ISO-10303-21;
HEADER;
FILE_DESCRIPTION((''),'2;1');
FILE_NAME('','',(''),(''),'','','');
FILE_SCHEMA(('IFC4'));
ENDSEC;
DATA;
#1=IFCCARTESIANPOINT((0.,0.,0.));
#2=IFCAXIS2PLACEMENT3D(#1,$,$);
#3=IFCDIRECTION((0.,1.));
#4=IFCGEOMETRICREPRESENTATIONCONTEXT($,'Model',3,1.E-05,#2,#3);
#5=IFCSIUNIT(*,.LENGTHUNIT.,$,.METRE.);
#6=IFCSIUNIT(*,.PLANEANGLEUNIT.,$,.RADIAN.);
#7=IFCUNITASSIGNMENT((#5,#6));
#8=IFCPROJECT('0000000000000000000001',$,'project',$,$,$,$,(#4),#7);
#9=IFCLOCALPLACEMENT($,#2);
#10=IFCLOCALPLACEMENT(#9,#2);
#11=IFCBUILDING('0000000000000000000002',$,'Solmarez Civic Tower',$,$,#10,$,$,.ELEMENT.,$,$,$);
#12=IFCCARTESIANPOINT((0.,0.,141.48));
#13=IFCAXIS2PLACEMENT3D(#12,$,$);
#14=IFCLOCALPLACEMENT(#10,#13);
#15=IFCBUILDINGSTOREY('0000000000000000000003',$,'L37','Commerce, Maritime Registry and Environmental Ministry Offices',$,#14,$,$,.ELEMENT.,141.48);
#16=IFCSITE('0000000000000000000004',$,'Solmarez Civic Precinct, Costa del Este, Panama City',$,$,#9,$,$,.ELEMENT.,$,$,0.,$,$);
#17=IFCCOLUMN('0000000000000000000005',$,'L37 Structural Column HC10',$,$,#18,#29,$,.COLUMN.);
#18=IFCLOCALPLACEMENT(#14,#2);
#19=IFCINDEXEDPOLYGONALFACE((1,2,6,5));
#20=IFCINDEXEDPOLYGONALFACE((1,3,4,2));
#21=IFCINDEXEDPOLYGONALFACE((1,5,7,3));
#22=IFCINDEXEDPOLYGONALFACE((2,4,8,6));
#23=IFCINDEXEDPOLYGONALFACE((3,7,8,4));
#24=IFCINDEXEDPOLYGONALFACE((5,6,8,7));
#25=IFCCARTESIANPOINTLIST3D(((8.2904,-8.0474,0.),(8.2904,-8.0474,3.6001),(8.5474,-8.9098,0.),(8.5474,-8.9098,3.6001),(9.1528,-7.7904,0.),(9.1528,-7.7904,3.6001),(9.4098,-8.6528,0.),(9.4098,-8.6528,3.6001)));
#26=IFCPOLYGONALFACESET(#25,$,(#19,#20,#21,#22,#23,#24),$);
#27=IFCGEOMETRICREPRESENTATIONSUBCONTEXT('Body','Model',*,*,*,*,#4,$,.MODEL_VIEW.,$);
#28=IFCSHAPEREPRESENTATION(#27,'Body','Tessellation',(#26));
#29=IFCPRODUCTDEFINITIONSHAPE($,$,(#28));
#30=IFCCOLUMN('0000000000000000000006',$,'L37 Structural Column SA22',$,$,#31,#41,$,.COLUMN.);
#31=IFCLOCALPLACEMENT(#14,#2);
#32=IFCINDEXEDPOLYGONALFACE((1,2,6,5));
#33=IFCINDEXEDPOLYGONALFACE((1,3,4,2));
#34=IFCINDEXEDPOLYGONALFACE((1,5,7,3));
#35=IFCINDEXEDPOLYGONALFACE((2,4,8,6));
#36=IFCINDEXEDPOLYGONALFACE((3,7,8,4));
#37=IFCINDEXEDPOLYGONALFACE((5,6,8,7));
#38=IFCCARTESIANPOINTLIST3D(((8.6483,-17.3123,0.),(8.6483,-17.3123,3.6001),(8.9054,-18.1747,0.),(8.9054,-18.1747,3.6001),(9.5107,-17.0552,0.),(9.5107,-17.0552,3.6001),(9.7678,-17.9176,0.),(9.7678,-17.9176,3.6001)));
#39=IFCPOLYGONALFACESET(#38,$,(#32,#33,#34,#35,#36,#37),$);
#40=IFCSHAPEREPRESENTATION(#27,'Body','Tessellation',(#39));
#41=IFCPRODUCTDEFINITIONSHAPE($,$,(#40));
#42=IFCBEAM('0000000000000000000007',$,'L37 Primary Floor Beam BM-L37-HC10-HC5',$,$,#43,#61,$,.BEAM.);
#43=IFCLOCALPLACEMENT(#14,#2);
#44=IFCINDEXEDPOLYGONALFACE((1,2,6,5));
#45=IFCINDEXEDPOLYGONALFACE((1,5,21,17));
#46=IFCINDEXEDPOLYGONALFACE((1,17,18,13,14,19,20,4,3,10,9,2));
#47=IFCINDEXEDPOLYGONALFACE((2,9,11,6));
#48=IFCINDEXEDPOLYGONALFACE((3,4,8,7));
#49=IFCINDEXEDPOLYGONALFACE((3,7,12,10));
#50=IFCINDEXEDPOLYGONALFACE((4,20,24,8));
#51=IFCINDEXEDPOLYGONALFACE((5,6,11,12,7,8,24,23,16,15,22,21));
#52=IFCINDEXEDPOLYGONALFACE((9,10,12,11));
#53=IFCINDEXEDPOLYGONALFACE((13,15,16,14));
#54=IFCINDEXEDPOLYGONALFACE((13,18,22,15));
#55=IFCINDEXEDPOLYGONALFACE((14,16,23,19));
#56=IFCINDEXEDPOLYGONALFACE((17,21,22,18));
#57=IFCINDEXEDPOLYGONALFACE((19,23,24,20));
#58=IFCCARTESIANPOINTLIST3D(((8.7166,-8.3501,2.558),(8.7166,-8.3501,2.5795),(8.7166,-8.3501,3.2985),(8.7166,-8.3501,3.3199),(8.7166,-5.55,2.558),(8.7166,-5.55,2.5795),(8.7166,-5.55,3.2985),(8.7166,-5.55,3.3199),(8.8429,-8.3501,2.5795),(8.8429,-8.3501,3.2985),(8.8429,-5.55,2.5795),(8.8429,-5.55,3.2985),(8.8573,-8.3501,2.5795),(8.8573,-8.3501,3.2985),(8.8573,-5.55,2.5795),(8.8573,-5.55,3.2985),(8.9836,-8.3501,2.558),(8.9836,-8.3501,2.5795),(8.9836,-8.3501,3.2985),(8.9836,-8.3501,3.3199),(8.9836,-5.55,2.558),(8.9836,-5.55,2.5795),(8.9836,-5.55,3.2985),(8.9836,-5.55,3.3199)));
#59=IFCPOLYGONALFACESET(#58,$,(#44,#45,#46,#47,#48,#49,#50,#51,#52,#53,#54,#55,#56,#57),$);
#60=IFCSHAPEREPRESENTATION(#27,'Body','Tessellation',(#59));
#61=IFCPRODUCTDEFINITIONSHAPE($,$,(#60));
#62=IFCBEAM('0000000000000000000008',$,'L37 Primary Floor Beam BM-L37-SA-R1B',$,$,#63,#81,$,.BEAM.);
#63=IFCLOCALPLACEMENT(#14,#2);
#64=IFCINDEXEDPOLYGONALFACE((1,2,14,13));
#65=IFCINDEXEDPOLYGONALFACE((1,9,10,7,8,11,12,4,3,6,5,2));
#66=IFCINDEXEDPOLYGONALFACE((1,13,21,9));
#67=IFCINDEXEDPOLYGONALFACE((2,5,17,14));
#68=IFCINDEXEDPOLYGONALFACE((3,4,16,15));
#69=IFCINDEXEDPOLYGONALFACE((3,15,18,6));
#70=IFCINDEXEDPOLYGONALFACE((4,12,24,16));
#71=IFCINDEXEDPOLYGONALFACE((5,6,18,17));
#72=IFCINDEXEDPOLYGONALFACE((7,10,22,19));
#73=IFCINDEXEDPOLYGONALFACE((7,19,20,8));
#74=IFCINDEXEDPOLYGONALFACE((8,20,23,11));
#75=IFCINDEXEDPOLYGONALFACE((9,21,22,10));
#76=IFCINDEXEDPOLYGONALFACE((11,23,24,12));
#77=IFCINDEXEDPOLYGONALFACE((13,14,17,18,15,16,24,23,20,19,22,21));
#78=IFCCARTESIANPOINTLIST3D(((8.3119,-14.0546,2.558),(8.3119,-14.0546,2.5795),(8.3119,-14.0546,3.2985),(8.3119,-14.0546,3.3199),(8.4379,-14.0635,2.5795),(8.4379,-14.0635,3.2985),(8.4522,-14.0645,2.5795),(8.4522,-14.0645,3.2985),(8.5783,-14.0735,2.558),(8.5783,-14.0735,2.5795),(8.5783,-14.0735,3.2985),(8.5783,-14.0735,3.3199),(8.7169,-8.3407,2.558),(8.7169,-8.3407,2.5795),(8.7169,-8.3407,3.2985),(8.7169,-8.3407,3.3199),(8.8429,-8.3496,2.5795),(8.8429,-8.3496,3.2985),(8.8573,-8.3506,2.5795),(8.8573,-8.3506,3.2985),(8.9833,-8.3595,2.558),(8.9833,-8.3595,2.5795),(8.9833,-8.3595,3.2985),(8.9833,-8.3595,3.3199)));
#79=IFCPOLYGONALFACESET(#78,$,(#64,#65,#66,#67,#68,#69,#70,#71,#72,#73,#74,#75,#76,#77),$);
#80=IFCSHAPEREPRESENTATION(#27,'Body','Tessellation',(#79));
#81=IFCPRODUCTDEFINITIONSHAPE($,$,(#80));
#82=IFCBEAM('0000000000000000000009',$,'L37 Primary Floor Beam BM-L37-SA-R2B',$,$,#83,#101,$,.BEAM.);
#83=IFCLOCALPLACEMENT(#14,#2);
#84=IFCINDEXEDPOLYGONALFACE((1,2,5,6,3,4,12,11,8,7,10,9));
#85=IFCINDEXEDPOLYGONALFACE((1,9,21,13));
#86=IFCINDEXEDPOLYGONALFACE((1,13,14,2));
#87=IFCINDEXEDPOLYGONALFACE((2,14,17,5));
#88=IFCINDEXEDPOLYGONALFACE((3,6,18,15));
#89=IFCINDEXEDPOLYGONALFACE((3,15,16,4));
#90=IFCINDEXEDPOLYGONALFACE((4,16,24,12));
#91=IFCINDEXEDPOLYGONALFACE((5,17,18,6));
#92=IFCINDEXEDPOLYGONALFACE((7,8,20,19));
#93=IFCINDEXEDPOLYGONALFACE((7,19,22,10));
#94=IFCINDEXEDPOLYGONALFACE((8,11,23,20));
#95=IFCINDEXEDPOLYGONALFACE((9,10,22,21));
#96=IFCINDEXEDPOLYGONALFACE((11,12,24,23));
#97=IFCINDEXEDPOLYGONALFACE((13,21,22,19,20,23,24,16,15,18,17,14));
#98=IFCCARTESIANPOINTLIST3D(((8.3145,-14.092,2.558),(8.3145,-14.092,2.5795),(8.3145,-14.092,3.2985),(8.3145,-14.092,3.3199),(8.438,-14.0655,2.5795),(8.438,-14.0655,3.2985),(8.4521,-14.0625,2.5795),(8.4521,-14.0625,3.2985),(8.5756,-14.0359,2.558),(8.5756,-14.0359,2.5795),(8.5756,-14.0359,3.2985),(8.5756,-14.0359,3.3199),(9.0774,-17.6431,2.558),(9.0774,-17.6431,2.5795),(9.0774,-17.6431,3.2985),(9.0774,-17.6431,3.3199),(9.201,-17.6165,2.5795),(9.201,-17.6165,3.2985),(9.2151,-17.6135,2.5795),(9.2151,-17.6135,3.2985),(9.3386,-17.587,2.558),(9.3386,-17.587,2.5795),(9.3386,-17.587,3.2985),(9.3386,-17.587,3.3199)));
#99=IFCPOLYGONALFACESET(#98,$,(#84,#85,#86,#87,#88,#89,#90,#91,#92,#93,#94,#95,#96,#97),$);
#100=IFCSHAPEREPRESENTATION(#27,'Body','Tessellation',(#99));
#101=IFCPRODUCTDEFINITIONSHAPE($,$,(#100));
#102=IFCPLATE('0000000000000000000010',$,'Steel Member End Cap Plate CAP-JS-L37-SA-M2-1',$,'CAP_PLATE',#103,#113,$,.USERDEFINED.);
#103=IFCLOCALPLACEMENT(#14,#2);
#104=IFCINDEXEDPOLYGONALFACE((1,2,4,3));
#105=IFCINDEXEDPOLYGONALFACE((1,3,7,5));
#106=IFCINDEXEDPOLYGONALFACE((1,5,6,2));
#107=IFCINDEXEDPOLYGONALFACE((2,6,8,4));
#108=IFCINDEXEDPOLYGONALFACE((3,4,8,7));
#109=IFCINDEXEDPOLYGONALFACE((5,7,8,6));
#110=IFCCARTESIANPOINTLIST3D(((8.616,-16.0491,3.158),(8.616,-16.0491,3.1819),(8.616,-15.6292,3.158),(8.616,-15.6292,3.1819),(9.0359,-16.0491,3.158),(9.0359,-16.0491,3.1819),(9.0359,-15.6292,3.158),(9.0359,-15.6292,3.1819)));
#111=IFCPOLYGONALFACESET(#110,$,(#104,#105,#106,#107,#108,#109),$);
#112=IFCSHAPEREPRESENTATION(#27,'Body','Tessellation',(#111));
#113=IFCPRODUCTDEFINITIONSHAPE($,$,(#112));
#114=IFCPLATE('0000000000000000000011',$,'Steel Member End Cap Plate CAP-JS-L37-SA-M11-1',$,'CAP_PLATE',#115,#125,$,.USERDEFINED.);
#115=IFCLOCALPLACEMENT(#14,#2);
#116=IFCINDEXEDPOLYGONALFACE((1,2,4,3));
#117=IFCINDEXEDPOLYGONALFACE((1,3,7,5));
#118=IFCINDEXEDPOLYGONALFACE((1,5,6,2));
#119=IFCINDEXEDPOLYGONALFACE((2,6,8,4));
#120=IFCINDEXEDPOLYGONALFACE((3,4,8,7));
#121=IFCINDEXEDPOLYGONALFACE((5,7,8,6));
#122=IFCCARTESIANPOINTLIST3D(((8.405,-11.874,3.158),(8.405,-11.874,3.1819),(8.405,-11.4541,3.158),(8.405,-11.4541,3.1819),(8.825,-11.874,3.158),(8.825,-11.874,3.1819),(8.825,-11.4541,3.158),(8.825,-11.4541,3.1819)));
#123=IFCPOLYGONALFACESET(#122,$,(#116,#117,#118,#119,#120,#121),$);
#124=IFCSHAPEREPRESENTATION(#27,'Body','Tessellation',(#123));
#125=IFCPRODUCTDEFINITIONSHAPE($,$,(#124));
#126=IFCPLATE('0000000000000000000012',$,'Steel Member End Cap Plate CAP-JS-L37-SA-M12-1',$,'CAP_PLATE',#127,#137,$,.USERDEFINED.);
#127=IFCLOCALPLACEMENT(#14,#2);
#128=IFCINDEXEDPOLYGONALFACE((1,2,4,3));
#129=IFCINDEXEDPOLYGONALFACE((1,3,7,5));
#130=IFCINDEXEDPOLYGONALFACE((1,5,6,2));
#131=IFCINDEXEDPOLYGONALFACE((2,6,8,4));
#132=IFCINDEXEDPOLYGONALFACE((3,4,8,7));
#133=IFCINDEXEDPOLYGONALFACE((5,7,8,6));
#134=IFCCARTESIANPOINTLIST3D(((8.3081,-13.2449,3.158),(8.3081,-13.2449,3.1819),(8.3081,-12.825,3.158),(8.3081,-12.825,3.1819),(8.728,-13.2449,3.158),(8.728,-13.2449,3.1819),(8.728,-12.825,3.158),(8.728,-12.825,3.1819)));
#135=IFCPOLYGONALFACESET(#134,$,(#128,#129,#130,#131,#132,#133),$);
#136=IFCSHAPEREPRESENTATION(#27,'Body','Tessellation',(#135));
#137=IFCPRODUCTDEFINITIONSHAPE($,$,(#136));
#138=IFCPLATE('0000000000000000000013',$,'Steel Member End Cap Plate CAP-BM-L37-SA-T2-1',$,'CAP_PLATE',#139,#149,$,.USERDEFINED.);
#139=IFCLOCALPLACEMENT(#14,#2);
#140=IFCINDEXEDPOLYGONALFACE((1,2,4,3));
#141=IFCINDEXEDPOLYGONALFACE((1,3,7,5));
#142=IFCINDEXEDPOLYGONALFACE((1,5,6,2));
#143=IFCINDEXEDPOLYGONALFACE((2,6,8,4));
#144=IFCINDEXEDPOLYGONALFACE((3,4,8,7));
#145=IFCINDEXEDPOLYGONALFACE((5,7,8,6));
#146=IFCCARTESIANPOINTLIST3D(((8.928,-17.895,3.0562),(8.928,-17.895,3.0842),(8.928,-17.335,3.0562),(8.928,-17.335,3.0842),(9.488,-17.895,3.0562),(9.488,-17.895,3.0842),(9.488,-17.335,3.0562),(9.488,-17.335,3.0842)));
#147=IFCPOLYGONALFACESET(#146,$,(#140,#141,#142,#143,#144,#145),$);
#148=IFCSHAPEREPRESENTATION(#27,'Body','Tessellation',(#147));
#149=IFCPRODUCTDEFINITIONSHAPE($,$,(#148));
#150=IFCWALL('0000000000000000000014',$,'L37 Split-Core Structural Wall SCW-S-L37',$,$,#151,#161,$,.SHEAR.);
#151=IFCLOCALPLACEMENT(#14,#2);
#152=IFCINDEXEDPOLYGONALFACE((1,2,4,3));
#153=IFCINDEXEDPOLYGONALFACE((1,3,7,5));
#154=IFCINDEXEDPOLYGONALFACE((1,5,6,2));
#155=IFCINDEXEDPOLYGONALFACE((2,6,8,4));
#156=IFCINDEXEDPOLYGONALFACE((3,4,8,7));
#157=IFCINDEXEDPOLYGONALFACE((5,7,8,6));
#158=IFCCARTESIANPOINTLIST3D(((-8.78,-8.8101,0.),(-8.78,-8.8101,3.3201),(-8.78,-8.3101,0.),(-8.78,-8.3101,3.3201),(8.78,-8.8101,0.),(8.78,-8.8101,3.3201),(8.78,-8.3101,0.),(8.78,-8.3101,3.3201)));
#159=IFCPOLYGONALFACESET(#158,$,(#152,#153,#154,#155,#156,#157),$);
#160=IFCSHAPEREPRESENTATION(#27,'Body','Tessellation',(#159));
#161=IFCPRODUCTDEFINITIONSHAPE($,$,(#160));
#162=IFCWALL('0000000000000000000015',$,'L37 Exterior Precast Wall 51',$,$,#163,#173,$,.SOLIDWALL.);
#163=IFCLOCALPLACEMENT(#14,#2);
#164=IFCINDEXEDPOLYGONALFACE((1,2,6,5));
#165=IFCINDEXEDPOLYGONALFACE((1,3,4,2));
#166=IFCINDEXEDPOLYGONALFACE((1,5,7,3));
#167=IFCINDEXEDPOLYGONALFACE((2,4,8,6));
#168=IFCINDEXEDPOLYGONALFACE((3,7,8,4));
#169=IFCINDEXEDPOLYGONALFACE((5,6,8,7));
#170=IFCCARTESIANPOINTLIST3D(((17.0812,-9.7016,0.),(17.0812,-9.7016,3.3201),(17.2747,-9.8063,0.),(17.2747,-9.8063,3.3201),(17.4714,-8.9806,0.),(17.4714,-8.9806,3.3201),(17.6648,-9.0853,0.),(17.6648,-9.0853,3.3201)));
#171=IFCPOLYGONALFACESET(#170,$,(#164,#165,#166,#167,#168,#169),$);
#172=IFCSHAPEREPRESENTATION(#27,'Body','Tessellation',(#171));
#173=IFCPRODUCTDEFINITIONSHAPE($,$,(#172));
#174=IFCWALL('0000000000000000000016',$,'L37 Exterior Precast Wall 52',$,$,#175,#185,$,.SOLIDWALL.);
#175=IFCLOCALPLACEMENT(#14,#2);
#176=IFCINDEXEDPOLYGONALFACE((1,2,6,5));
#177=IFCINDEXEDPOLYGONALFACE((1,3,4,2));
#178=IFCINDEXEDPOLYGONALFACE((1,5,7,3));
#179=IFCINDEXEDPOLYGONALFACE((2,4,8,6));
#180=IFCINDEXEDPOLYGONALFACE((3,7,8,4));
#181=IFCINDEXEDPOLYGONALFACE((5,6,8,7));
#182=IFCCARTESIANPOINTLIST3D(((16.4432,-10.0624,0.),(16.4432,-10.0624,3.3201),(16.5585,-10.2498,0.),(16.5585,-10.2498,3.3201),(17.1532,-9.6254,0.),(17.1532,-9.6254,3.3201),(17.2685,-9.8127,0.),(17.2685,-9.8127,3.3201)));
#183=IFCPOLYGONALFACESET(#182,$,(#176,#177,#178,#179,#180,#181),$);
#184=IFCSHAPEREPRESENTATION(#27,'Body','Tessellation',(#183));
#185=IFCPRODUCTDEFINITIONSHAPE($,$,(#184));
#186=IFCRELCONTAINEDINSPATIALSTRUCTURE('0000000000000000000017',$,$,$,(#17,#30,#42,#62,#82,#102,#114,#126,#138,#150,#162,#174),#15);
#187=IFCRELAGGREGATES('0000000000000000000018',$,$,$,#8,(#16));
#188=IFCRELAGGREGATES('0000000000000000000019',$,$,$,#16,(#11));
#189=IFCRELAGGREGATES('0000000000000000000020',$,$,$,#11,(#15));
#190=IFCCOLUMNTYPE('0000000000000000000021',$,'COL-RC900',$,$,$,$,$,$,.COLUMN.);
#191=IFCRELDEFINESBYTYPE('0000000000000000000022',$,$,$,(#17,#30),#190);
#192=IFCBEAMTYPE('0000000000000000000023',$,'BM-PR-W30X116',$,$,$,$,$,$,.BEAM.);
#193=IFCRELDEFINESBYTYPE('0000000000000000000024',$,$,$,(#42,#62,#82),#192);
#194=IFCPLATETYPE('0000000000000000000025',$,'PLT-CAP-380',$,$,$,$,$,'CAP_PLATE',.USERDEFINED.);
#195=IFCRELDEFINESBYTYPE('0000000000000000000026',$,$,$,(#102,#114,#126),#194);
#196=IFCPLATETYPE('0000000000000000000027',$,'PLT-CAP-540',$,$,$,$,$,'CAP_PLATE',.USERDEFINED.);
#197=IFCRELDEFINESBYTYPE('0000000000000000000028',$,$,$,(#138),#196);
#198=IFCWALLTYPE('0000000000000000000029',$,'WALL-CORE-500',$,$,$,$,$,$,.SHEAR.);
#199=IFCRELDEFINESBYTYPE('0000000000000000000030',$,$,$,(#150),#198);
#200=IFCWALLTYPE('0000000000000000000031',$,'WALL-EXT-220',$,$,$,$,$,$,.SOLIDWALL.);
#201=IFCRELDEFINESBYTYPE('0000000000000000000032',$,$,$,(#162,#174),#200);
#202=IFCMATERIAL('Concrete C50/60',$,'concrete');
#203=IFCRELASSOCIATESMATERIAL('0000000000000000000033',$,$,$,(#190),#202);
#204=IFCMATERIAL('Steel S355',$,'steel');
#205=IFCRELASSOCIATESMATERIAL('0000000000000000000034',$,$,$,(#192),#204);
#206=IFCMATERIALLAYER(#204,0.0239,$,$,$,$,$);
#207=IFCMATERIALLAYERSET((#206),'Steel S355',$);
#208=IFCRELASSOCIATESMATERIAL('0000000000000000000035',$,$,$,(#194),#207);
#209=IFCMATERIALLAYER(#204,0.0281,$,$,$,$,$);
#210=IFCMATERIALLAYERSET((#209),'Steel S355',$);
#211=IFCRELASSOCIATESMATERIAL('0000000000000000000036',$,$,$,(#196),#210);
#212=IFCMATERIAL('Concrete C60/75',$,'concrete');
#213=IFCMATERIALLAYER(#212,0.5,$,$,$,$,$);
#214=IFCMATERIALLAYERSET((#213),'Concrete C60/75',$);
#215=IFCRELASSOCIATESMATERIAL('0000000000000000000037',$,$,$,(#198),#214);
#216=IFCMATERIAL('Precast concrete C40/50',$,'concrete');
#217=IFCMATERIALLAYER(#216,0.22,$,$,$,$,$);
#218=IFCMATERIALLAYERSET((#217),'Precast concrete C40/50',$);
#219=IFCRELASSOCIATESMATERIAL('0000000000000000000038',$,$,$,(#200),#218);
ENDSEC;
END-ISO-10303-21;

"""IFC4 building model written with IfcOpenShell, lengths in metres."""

from ifc_helpers import new_model, si_unit, direction, frame, frame_2d, origin, origin_2d, place, context, subcontext, project, spatial, rectangle, i_section, extrude, material, layer, layer_set, material_profile, profile_set, type_object, element, save


model = new_model("IFC4")

# Units and contexts
model_context = context("Model", 3, precision=1e-05, world=origin(), true_north=direction((0.0, 1.0)))
body_context = subcontext(model_context, "Body", "Model", "MODEL_VIEW")
ifc_project = project(units=[si_unit("LENGTHUNIT", "METRE"), si_unit("PLANEANGLEUNIT", "RADIAN")], contexts=[model_context])

# Site, building, storey
site_placement = place(None, origin())
site = spatial("IfcSite", under=ifc_project, at=site_placement, Name="Solmarez Civic Precinct, Costa del Este, Panama City", CompositionType="ELEMENT", RefElevation=0.0)
building_placement = place(site_placement, origin())
building = spatial("IfcBuilding", under=site, at=building_placement, Name="Solmarez Civic Tower", CompositionType="ELEMENT")
storey_placement = place(building_placement, frame((0.0, 0.0, 141.48)))
storey = spatial("IfcBuildingStorey", under=building, at=storey_placement, Name="L37", Description="Commerce, Maritime Registry and Environmental Ministry Offices", CompositionType="ELEMENT", Elevation=141.48)

# Columns
ifc_material_1 = material(Name="Concrete C50/60", Category="concrete")
ifc_material_profile_1 = material_profile(ifc_material_1, rectangle(XDim=0.8999, YDim=0.8999, at=origin_2d()), Name="RC900X900")
ifc_profile_set_1 = profile_set([ifc_material_profile_1], Name="Concrete C50/60")
column_type = type_object("IfcColumnType", Name="COL-RC900", PredefinedType="COLUMN", material=ifc_profile_set_1)
for number, where, z_axis, x_axis, name in (
    (1, (8.8501, -8.3501, 0.0), (0.0, 0.0, 1.0), (0.958323, 0.285688, 0.0), "L37 Structural Column HC10"),
    (2, (9.208, -17.615, 0.0), (0.0, 0.0, 1.0), (0.958323, 0.285688, 0.0), "L37 Structural Column SA22"),
):
    element("IfcColumn", number, at=place(storey_placement, frame(where, z_axis=z_axis, x_axis=x_axis)), inside=storey, type_object=column_type, Name=name, PredefinedType="COLUMN", context=body_context, shape_type="SweptSolid", body=[
        extrude(rectangle(XDim=0.8999, YDim=0.8999, at=origin_2d()), origin(), (0.0, 0.0, 1.0), 3.6001),
    ])

# Beams
ifc_material_2 = material(Name="Steel S355", Category="steel")
ifc_material_profile_2 = material_profile(ifc_material_2, i_section(OverallWidth=0.2671, OverallDepth=0.762, WebThickness=0.0144, FlangeThickness=0.0215, at=origin_2d()), Name="W30X116")
ifc_profile_set_2 = profile_set([ifc_material_profile_2], Name="Steel S355")
beam_type = type_object("IfcBeamType", Name="BM-PR-W30X116", PredefinedType="BEAM", material=ifc_profile_set_2)
beam_1_placement = place(storey_placement, frame((8.8501, -8.3501, 2.939), z_axis=(0.0, 1.0, 0.0), x_axis=(-1.0, 0.0, 0.0)))
element("IfcBeam", 3, at=beam_1_placement, inside=storey, type_object=beam_type, Name="L37 Primary Floor Beam BM-L37-HC10-HC5", PredefinedType="BEAM", context=body_context, shape_type="SweptSolid", body=[
    extrude(i_section(OverallWidth=0.2671, OverallDepth=0.762, WebThickness=0.0144, FlangeThickness=0.0215, at=origin_2d()), origin(), (0.0, 0.0, 1.0), 2.8),
])
beam_2_placement = place(storey_placement, frame((8.8501, -8.3501, 2.939), z_axis=(-0.070708, -0.997497, 0.0), x_axis=(0.997497, -0.070708, 0.0)))
element("IfcBeam", 4, at=beam_2_placement, inside=storey, type_object=beam_type, Name="L37 Primary Floor Beam BM-L37-SA-R1B", PredefinedType="BEAM", context=body_context, shape_type="SweptSolid", body=[
    extrude(i_section(OverallWidth=0.2671, OverallDepth=0.762, WebThickness=0.0144, FlangeThickness=0.0215, at=origin_2d()), origin(), (0.0, 0.0, 1.0), 5.7283),
])
beam_3_placement = place(storey_placement, frame((8.4451, -14.064, 2.939), z_axis=(0.210057, -0.977689, 0.0), x_axis=(0.977689, 0.210057, 0.0)))
element("IfcBeam", 5, at=beam_3_placement, inside=storey, type_object=beam_type, Name="L37 Primary Floor Beam BM-L37-SA-R2B", PredefinedType="BEAM", context=body_context, shape_type="SweptSolid", body=[
    extrude(i_section(OverallWidth=0.2671, OverallDepth=0.762, WebThickness=0.0144, FlangeThickness=0.0215, at=origin_2d()), origin(), (0.0, 0.0, 1.0), 3.6321),
])

# Plates
ifc_layer_1 = layer(ifc_material_2, 0.0239)
ifc_layer_set_1 = layer_set([ifc_layer_1], Name="Steel S355")
plate_type_1 = type_object("IfcPlateType", Name="PLT-CAP-380", ElementType="CAP_PLATE", PredefinedType="USERDEFINED", material=ifc_layer_set_1)
for number, where, z_axis, x_axis, name in (
    (6, (8.8259, -15.8391, 3.158), (0.0, 0.0, 1.0), (1.0, 0.0, 0.0), "Steel Member End Cap Plate CAP-JS-L37-SA-M2-1"),
    (7, (8.615, -11.6641, 3.158), (0.0, 0.0, 1.0), (1.0, 0.0, 0.0), "Steel Member End Cap Plate CAP-JS-L37-SA-M11-1"),
    (8, (8.5181, -13.0349, 3.158), (0.0, 0.0, 1.0), (1.0, 0.0, 0.0), "Steel Member End Cap Plate CAP-JS-L37-SA-M12-1"),
):
    element("IfcPlate", number, at=place(storey_placement, frame(where, z_axis=z_axis, x_axis=x_axis)), inside=storey, type_object=plate_type_1, Name=name, ObjectType="CAP_PLATE", PredefinedType="USERDEFINED", context=body_context, shape_type="SweptSolid", body=[
        extrude(rectangle(XDim=0.4199, YDim=0.4199, at=origin_2d()), origin(), (0.0, 0.0, 1.0), 0.0239),
    ])
ifc_layer_2 = layer(ifc_material_2, 0.0281)
ifc_layer_set_2 = layer_set([ifc_layer_2], Name="Steel S355")
plate_type_2 = type_object("IfcPlateType", Name="PLT-CAP-540", ElementType="CAP_PLATE", PredefinedType="USERDEFINED", material=ifc_layer_set_2)
plate_placement = place(storey_placement, frame((9.208, -17.615, 3.0562), z_axis=(0.0, 0.0, 1.0), x_axis=(1.0, 0.0, 0.0)))
element("IfcPlate", 9, at=plate_placement, inside=storey, type_object=plate_type_2, Name="Steel Member End Cap Plate CAP-BM-L37-SA-T2-1", ObjectType="CAP_PLATE", PredefinedType="USERDEFINED", context=body_context, shape_type="SweptSolid", body=[
    extrude(rectangle(XDim=0.5601, YDim=0.5601, at=origin_2d()), origin(), (0.0, 0.0, 1.0), 0.0281),
])

# Walls
ifc_material_3 = material(Name="Concrete C60/75", Category="concrete")
ifc_layer_3 = layer(ifc_material_3, 0.5)
ifc_layer_set_3 = layer_set([ifc_layer_3], Name="Concrete C60/75")
wall_type_1 = type_object("IfcWallType", Name="WALL-CORE-500", PredefinedType="SHEAR", material=ifc_layer_set_3)
wall_1_placement = place(storey_placement, frame((8.78, -8.5601, 0.0), z_axis=(0.0, 0.0, 1.0), x_axis=(-1.0, 0.0, 0.0)))
element("IfcWall", 10, at=wall_1_placement, inside=storey, type_object=wall_type_1, Name="L37 Split-Core Structural Wall SCW-S-L37", PredefinedType="SHEAR", context=body_context, shape_type="SweptSolid", body=[
    extrude(rectangle(XDim=17.5601, YDim=0.5, at=frame_2d((8.78, 0.0))), origin(), (0.0, 0.0, 1.0), 3.3201),
])
ifc_material_4 = material(Name="Precast concrete C40/50", Category="concrete")
ifc_layer_4 = layer(ifc_material_4, 0.22)
ifc_layer_set_4 = layer_set([ifc_layer_4], Name="Precast concrete C40/50")
wall_type_2 = type_object("IfcWallType", Name="WALL-EXT-220", PredefinedType="SOLIDWALL", material=ifc_layer_set_4)
wall_2_placement = place(storey_placement, frame((17.5681, -9.033, 0.0), z_axis=(0.0, 0.0, 1.0), x_axis=(-0.475928, -0.879484, 0.0)))
element("IfcWall", 11, at=wall_2_placement, inside=storey, type_object=wall_type_2, Name="L37 Exterior Precast Wall 51", PredefinedType="SOLIDWALL", context=body_context, shape_type="SweptSolid", body=[
    extrude(rectangle(XDim=0.8198, YDim=0.22, at=frame_2d((0.4099, 0.0))), origin(), (0.0, 0.0, 1.0), 3.3201),
])
wall_3_placement = place(storey_placement, frame((17.2109, -9.719, 0.0), z_axis=(0.0, 0.0, 1.0), x_axis=(-0.851598, -0.524195, 0.0)))
element("IfcWall", 12, at=wall_3_placement, inside=storey, type_object=wall_type_2, Name="L37 Exterior Precast Wall 52", PredefinedType="SOLIDWALL", context=body_context, shape_type="SweptSolid", body=[
    extrude(rectangle(XDim=0.8337, YDim=0.22, at=frame_2d((0.417, 0.0))), origin(), (0.0, 0.0, 1.0), 3.3201),
])

save(model, "model.ifc")
